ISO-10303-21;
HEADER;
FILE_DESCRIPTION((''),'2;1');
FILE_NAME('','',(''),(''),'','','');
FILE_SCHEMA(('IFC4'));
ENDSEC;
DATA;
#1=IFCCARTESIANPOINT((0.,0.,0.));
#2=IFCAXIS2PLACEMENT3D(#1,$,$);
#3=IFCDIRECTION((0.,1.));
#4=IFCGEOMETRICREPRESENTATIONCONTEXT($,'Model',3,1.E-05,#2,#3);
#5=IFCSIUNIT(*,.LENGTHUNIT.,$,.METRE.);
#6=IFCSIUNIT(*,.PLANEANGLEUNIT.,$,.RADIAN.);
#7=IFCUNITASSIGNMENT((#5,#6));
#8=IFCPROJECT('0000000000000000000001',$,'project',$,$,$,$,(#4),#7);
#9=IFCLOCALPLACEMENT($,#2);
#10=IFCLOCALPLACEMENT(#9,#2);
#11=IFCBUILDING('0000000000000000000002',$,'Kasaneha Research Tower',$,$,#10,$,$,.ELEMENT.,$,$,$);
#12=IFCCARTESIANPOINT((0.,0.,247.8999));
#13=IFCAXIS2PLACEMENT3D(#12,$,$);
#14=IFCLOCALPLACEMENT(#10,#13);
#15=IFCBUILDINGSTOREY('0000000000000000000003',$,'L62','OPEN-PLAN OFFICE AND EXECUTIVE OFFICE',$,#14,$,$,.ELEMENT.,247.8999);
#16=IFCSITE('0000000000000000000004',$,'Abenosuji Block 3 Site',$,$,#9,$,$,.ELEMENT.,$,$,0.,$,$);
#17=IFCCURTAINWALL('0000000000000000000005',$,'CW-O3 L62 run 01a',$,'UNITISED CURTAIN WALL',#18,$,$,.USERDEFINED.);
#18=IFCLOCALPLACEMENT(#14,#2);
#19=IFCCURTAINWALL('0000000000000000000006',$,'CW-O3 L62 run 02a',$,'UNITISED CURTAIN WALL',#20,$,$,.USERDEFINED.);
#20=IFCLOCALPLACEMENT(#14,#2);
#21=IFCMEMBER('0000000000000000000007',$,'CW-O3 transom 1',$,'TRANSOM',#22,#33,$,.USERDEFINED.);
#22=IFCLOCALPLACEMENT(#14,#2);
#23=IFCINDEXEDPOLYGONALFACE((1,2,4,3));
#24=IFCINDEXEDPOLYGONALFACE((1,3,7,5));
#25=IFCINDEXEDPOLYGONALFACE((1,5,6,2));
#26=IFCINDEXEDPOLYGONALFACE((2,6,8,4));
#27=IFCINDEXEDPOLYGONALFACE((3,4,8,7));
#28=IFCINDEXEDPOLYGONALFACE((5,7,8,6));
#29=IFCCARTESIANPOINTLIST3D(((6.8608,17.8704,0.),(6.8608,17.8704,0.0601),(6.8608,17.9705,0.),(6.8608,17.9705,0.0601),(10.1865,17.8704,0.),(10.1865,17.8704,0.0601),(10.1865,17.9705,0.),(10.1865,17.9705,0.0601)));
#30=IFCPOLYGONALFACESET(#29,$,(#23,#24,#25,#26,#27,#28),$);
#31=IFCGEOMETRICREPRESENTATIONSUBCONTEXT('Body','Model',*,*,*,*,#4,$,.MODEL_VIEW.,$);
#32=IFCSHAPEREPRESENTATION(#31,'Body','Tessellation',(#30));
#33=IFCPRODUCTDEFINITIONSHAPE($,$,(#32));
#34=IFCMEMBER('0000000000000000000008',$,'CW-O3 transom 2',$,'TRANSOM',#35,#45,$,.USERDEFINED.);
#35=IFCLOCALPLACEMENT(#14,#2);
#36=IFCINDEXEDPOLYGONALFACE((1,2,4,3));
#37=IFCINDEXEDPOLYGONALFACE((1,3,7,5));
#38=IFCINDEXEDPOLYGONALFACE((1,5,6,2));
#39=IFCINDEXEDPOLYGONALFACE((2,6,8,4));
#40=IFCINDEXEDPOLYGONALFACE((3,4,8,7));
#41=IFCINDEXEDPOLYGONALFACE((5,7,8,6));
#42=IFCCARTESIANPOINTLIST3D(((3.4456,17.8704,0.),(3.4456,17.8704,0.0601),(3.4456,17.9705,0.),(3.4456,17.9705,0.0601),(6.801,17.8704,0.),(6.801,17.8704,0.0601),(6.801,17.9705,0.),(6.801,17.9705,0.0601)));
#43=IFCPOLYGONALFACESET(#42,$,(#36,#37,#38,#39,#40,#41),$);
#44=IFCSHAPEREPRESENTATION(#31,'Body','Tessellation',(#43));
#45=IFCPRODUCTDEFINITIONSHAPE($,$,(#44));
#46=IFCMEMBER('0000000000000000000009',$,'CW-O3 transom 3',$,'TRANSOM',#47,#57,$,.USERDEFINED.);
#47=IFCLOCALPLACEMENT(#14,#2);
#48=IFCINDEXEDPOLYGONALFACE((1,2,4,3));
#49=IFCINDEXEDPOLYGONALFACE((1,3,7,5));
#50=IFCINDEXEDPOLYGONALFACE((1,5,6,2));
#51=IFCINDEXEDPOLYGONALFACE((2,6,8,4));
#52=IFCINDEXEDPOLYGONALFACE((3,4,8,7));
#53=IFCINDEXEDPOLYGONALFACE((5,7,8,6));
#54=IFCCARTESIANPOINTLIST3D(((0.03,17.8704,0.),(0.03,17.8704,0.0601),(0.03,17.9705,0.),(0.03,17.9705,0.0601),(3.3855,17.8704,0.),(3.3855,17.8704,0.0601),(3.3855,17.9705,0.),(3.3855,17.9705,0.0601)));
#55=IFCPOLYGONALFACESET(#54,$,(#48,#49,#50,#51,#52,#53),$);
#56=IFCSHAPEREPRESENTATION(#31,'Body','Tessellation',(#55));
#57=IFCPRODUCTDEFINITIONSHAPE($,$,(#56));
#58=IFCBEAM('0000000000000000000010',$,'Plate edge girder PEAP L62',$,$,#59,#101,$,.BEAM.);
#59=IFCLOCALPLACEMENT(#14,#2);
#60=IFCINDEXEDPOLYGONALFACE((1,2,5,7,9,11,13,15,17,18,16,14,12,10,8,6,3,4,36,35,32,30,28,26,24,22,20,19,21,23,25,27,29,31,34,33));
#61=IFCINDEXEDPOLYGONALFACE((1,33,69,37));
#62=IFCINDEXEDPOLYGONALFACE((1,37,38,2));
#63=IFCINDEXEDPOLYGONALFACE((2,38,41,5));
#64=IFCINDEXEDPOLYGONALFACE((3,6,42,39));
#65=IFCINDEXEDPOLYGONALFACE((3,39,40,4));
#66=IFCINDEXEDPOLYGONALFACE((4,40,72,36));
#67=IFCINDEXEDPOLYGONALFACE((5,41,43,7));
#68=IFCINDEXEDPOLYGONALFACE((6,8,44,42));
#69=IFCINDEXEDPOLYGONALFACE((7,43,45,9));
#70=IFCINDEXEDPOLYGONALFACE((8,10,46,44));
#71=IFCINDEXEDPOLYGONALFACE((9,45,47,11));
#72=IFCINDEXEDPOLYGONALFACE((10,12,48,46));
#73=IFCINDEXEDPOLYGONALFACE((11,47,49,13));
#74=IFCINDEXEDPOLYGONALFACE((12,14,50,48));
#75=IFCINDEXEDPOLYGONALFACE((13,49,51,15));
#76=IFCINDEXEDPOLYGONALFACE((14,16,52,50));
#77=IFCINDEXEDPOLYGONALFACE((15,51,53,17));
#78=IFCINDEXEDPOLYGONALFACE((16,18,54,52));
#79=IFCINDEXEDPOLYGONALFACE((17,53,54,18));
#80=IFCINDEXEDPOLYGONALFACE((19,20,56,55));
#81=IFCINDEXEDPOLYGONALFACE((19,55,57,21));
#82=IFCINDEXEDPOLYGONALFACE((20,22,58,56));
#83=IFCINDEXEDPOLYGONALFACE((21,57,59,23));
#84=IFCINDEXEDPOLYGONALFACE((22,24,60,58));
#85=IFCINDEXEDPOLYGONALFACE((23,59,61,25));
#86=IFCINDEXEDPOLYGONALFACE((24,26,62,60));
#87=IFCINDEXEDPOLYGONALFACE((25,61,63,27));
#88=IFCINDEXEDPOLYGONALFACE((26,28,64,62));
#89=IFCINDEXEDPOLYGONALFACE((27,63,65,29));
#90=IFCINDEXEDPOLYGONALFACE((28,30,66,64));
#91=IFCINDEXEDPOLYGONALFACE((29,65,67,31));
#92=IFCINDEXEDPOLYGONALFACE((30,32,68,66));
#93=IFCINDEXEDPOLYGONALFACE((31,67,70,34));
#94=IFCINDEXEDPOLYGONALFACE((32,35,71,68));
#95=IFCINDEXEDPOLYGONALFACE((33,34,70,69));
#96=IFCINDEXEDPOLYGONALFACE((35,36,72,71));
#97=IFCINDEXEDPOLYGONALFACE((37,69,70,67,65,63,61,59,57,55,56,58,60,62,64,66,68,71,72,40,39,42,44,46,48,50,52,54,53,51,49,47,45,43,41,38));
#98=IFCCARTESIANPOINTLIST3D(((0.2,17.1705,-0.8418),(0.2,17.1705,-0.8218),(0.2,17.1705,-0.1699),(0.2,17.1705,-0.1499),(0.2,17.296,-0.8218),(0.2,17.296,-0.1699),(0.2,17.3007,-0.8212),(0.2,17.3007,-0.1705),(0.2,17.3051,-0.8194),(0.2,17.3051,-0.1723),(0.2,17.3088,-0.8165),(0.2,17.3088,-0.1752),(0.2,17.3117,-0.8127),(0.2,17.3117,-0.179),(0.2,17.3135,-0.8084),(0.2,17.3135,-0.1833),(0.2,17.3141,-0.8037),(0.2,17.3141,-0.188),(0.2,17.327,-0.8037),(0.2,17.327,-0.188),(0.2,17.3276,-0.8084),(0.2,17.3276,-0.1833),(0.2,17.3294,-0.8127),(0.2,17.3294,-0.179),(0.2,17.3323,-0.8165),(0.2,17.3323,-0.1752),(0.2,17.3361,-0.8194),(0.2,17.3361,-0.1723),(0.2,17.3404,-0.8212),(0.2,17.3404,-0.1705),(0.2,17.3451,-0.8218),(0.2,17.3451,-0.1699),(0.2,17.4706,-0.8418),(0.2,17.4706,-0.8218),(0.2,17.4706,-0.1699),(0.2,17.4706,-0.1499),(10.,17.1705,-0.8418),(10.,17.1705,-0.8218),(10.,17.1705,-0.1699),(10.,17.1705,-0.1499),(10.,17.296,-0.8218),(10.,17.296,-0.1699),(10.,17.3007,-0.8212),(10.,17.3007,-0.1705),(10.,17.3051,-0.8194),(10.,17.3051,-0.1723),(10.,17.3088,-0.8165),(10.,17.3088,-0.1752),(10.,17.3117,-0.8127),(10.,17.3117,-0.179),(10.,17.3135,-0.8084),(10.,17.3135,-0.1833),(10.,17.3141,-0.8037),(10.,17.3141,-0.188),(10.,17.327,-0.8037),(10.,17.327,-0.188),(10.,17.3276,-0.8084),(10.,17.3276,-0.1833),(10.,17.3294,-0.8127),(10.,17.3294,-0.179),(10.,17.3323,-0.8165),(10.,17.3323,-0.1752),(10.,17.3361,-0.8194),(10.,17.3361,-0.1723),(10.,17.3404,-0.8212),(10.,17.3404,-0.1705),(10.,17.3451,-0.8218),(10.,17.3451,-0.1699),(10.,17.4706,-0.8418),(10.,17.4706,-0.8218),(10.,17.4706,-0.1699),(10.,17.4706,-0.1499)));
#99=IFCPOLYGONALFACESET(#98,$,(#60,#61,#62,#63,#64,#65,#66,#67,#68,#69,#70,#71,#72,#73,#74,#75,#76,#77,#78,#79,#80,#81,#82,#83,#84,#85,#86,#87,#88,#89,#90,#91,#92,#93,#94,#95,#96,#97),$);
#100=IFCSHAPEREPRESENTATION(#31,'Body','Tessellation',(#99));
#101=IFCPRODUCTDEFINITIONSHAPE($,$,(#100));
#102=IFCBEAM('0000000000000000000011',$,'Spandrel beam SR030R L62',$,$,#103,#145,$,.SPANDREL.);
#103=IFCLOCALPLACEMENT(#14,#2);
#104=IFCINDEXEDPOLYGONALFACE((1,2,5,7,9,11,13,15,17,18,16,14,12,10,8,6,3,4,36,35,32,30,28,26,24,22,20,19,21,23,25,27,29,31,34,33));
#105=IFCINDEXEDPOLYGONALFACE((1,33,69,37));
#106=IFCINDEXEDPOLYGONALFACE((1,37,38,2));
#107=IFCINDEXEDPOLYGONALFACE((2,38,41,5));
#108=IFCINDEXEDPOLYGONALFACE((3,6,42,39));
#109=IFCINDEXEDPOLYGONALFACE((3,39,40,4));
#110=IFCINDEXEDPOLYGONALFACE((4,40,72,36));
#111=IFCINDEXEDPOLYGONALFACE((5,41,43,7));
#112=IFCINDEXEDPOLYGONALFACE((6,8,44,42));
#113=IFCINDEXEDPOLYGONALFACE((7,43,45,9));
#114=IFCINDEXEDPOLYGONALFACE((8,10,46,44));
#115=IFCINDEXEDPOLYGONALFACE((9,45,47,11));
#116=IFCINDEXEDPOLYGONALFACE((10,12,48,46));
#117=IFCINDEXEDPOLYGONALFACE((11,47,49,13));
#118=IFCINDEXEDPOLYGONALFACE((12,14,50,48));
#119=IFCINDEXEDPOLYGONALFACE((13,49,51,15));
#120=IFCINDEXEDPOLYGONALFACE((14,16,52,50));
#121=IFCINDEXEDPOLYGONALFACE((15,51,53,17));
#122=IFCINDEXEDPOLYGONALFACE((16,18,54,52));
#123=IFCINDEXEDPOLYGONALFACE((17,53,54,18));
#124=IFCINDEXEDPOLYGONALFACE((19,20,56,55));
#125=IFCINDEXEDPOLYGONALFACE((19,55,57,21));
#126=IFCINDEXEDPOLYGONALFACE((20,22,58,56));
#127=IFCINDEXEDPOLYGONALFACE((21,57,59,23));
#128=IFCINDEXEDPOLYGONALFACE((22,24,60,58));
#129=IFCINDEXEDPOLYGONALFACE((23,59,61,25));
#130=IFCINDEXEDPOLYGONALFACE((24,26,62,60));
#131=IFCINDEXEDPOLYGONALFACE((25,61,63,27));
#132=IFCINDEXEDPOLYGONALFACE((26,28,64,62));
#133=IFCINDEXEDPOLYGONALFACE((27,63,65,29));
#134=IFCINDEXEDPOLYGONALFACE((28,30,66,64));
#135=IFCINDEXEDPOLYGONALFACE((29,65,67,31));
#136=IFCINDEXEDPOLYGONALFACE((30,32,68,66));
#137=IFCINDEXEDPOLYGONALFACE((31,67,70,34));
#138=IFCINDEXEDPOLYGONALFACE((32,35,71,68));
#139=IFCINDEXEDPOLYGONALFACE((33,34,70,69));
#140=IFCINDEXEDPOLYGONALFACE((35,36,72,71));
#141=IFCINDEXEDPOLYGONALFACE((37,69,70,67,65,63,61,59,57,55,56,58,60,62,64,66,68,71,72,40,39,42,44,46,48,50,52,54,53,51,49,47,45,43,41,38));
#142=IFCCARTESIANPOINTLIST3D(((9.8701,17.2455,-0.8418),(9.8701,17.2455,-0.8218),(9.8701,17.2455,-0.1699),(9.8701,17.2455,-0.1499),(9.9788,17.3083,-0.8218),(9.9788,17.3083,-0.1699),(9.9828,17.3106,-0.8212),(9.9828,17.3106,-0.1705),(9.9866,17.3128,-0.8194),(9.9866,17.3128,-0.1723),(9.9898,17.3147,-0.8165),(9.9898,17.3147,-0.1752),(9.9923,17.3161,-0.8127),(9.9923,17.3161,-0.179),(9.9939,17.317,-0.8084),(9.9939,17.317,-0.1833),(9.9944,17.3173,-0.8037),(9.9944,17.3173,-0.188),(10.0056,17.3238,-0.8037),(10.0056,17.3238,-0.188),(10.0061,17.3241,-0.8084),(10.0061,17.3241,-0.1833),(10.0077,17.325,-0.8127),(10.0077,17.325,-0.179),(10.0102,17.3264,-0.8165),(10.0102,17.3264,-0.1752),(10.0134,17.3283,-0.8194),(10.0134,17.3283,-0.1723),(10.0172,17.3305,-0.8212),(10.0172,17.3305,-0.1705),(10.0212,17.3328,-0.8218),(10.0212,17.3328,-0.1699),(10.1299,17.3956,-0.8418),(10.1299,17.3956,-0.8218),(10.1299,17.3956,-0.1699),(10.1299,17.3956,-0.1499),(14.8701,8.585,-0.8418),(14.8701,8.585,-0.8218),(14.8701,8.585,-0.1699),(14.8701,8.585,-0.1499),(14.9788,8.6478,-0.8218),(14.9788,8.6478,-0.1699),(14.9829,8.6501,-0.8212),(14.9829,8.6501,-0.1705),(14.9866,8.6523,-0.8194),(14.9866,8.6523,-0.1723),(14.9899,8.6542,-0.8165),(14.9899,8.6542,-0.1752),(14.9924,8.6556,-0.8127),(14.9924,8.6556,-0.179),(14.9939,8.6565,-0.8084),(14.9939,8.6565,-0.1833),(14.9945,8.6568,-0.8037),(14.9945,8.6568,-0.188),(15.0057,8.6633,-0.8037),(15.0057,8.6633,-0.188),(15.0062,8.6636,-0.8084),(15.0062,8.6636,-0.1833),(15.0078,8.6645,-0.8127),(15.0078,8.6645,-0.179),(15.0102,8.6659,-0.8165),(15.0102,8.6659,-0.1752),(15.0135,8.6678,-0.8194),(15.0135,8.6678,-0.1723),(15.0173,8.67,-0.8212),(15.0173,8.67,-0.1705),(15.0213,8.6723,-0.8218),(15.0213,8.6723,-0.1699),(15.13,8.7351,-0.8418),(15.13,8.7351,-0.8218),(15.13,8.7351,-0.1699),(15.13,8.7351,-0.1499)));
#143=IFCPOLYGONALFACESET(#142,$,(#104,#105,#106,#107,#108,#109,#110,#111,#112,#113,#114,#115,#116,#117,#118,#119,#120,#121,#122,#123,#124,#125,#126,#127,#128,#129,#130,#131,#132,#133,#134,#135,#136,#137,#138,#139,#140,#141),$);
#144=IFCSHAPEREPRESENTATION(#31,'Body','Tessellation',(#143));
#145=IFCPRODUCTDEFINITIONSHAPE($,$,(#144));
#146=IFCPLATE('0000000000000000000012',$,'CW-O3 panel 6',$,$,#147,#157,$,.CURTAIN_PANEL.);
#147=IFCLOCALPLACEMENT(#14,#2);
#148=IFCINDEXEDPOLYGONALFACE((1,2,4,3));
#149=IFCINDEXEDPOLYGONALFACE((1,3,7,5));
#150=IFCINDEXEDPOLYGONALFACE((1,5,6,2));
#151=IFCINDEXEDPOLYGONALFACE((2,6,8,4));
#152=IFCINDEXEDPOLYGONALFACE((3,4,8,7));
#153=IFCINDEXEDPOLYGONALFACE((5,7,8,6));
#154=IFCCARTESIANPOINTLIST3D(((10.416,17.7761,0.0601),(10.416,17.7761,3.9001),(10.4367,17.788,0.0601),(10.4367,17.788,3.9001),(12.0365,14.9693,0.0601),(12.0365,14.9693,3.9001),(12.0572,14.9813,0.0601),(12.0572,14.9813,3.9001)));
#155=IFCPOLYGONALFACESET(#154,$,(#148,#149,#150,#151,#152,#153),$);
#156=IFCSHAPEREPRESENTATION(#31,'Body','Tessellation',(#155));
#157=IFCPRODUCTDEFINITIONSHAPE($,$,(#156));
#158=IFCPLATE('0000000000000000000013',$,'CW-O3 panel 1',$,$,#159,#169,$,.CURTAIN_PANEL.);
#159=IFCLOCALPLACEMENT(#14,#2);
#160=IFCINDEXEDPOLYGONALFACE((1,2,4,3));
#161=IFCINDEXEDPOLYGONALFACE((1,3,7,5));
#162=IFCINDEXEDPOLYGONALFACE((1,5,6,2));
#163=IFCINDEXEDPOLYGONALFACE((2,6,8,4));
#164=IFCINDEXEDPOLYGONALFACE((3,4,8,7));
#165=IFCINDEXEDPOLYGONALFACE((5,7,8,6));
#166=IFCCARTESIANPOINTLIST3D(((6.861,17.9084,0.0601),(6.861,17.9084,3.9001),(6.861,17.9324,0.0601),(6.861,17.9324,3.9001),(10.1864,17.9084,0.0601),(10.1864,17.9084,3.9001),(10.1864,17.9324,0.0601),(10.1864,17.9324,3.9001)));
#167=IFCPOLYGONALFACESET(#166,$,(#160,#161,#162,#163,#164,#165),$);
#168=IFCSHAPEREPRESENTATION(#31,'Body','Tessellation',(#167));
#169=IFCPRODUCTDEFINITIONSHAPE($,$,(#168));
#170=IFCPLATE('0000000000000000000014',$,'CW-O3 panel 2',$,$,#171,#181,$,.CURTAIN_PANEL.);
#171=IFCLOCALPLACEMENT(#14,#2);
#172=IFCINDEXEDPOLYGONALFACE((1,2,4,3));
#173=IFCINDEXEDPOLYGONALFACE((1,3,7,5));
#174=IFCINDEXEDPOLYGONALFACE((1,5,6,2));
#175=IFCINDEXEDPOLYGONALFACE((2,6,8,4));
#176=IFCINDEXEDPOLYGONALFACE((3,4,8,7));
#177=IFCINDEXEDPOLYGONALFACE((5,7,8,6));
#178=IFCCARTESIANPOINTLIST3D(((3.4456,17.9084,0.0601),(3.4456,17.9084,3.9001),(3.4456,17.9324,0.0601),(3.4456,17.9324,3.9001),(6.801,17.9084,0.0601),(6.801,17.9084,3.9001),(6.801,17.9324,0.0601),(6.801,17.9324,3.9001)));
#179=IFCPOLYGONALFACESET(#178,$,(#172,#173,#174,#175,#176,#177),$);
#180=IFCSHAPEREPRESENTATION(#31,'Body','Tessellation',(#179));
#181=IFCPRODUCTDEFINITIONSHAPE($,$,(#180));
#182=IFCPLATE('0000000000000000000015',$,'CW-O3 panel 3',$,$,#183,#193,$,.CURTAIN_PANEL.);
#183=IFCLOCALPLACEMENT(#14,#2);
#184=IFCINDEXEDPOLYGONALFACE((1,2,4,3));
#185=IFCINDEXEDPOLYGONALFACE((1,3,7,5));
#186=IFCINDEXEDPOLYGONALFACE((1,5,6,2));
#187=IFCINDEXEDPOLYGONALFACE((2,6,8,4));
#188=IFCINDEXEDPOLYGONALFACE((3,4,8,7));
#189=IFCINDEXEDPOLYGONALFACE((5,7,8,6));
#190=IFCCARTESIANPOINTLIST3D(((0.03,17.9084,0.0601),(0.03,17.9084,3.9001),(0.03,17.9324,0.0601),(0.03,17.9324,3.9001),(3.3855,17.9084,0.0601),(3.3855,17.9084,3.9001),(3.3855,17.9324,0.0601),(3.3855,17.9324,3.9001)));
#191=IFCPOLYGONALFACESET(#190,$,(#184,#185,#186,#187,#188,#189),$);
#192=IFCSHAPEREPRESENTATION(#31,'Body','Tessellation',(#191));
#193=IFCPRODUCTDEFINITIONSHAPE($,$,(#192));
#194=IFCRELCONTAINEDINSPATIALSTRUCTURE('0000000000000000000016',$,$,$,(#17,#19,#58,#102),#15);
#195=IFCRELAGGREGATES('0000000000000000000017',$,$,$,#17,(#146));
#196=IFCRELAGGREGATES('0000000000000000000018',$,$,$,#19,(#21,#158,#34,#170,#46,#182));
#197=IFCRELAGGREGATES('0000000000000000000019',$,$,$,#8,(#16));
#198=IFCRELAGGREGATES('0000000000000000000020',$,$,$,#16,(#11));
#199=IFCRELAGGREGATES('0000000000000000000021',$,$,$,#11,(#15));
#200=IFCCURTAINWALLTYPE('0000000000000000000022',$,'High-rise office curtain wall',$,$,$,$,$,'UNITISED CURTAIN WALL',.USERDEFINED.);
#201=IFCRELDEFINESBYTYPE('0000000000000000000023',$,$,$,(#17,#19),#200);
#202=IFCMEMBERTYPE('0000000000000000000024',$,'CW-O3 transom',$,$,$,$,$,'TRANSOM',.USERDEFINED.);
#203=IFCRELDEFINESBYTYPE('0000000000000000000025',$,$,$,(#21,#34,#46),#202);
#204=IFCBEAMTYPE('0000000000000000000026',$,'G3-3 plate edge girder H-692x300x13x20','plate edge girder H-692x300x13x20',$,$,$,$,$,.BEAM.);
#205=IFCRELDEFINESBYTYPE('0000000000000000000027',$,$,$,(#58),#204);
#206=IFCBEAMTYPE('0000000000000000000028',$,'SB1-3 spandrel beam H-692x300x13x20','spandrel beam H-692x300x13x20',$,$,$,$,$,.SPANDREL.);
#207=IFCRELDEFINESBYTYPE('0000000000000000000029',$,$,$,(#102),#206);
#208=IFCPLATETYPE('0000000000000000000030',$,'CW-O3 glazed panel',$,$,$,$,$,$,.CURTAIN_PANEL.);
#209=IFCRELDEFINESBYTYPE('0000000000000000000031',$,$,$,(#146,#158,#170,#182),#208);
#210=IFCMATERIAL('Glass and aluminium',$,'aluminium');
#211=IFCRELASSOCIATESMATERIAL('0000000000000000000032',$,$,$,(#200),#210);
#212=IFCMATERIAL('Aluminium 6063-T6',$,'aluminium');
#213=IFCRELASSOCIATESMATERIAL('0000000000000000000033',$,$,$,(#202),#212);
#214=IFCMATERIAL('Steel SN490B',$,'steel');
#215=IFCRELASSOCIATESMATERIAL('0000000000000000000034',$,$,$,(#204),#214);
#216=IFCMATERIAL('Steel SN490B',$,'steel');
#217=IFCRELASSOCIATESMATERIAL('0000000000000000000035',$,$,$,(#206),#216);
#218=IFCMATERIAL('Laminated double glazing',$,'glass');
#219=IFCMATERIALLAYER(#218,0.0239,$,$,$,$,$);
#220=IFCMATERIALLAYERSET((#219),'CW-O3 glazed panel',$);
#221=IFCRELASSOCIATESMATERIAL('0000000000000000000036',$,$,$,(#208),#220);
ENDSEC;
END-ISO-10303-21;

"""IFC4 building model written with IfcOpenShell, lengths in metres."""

from ifc_helpers import new_model, si_unit, direction, frame, origin, origin_2d, place, context, subcontext, project, spatial, rectangle, i_section, extrude, material, layer, layer_set, material_profile, profile_set, type_object, element, aggregate, save


model = new_model("IFC4")

# Units and contexts
model_context = context("Model", 3, precision=1e-05, world=origin(), true_north=direction((0.0, 1.0)))
body_context = subcontext(model_context, "Body", "Model", "MODEL_VIEW")
ifc_project = project(units=[si_unit("LENGTHUNIT", "METRE"), si_unit("PLANEANGLEUNIT", "RADIAN")], contexts=[model_context])

# Site, building, storey
site_placement = place(None, origin())
site = spatial("IfcSite", under=ifc_project, at=site_placement, Name="Abenosuji Block 3 Site", CompositionType="ELEMENT", RefElevation=0.0)
building_placement = place(site_placement, origin())
building = spatial("IfcBuilding", under=site, at=building_placement, Name="Kasaneha Research Tower", CompositionType="ELEMENT")
storey_placement = place(building_placement, frame((0.0, 0.0, 247.8999)))
storey = spatial("IfcBuildingStorey", under=building, at=storey_placement, Name="L62", Description="OPEN-PLAN OFFICE AND EXECUTIVE OFFICE", CompositionType="ELEMENT", Elevation=247.8999)

# Curtain wall
ifc_material_1 = material(Name="Glass and aluminium", Category="aluminium")
curtain_wall_type = type_object("IfcCurtainWallType", Name="High-rise office curtain wall", ElementType="UNITISED CURTAIN WALL", PredefinedType="USERDEFINED", material=ifc_material_1)
curtain_wall_1_placement = place(storey_placement, origin())
curtain_wall_1 = element("IfcCurtainWall", 1, at=curtain_wall_1_placement, inside=storey, type_object=curtain_wall_type, Name="CW-O3 L62 run 01a", ObjectType="UNITISED CURTAIN WALL", PredefinedType="USERDEFINED")

# Curtain wall
curtain_wall_2_placement = place(storey_placement, origin())
curtain_wall_2 = element("IfcCurtainWall", 2, at=curtain_wall_2_placement, inside=storey, type_object=curtain_wall_type, Name="CW-O3 L62 run 02a", ObjectType="UNITISED CURTAIN WALL", PredefinedType="USERDEFINED")

# Members
ifc_material_2 = material(Name="Aluminium 6063-T6", Category="aluminium")
ifc_material_profile_1 = material_profile(ifc_material_2, rectangle(XDim=0.1001, YDim=0.0601, at=origin_2d()), Name="CW-O3 transom 100x60")
ifc_profile_set_1 = profile_set([ifc_material_profile_1], Name="Aluminium 6063-T6")
member_type_1 = type_object("IfcMemberType", Name="CW-O3 transom", ElementType="TRANSOM", PredefinedType="USERDEFINED", material=ifc_profile_set_1)
member_1_placement = place(storey_placement, frame((10.1865, 17.9204, 0.03), z_axis=(-1.0, 0.0, 0.0), x_axis=(0.0, -1.0, 0.0)))
member_1 = element("IfcMember", 3, at=member_1_placement, type_object=member_type_1, Name="CW-O3 transom 1", ObjectType="TRANSOM", PredefinedType="USERDEFINED", context=body_context, shape_type="SweptSolid", body=[
    extrude(rectangle(XDim=0.1001, YDim=0.0601, at=origin_2d()), origin(), (0.0, 0.0, 1.0), 3.3257),
])
member_2_placement = place(storey_placement, frame((6.801, 17.9204, 0.03), z_axis=(-1.0, 0.0, 0.0), x_axis=(0.0, -1.0, 0.0)))
member_2 = element("IfcMember", 4, at=member_2_placement, type_object=member_type_1, Name="CW-O3 transom 2", ObjectType="TRANSOM", PredefinedType="USERDEFINED", context=body_context, shape_type="SweptSolid", body=[
    extrude(rectangle(XDim=0.1001, YDim=0.0601, at=origin_2d()), origin(), (0.0, 0.0, 1.0), 3.3555),
])
member_3_placement = place(storey_placement, frame((3.3855, 17.9204, 0.03), z_axis=(-1.0, 0.0, 0.0), x_axis=(0.0, -1.0, 0.0)))
member_3 = element("IfcMember", 5, at=member_3_placement, type_object=member_type_1, Name="CW-O3 transom 3", ObjectType="TRANSOM", PredefinedType="USERDEFINED", context=body_context, shape_type="SweptSolid", body=[
    extrude(rectangle(XDim=0.1001, YDim=0.0601, at=origin_2d()), origin(), (0.0, 0.0, 1.0), 3.3555),
])

# Beams
ifc_material_3 = material(Name="Steel SN490B", Category="steel")
ifc_material_profile_2 = material_profile(ifc_material_3, i_section(OverallWidth=0.3, OverallDepth=0.6919, WebThickness=0.0129, FlangeThickness=0.02, FilletRadius=0.0181, at=origin_2d()), Name="H-692x300x13x20")
ifc_profile_set_2 = profile_set([ifc_material_profile_2], Name="Steel SN490B")
beam_type_1 = type_object("IfcBeamType", Name="G3-3 plate edge girder H-692x300x13x20", Description="plate edge girder H-692x300x13x20", PredefinedType="BEAM", material=ifc_profile_set_2)
beam_1_placement = place(storey_placement, frame((10.0, 17.3206, -0.4958), z_axis=(-1.0, 0.0, 0.0), x_axis=(0.0, -1.0, 0.0)))
element("IfcBeam", 6, at=beam_1_placement, inside=storey, type_object=beam_type_1, Name="Plate edge girder PEAP L62", PredefinedType="BEAM", context=body_context, shape_type="SweptSolid", body=[
    extrude(i_section(OverallWidth=0.3, OverallDepth=0.6919, WebThickness=0.0129, FlangeThickness=0.02, FilletRadius=0.0181, at=origin_2d()), origin(), (0.0, 0.0, 1.0), 9.8),
])
ifc_material_4 = material(Name="Steel SN490B", Category="steel")
ifc_material_profile_3 = material_profile(ifc_material_4, i_section(OverallWidth=0.3, OverallDepth=0.6919, WebThickness=0.0129, FlangeThickness=0.02, FilletRadius=0.0181, at=origin_2d()), Name="H-692x300x13x20")
ifc_profile_set_3 = profile_set([ifc_material_profile_3], Name="Steel SN490B")
beam_type_2 = type_object("IfcBeamType", Name="SB1-3 spandrel beam H-692x300x13x20", Description="spandrel beam H-692x300x13x20", PredefinedType="SPANDREL", material=ifc_profile_set_3)
beam_2_placement = place(storey_placement, frame((10.0, 17.3206, -0.4958), z_axis=(0.499994, -0.866029, 0.0), x_axis=(0.866029, 0.499994, 0.0)))
element("IfcBeam", 7, at=beam_2_placement, inside=storey, type_object=beam_type_2, Name="Spandrel beam SR030R L62", PredefinedType="SPANDREL", context=body_context, shape_type="SweptSolid", body=[
    extrude(i_section(OverallWidth=0.3, OverallDepth=0.6919, WebThickness=0.0129, FlangeThickness=0.02, FilletRadius=0.0181, at=origin_2d()), origin(), (0.0, 0.0, 1.0), 10.0002),
])

# Plates
ifc_material_5 = material(Name="Laminated double glazing", Category="glass")
ifc_layer_1 = layer(ifc_material_5, 0.0239)
ifc_layer_set_1 = layer_set([ifc_layer_1], Name="CW-O3 glazed panel")
plate_type = type_object("IfcPlateType", Name="CW-O3 glazed panel", PredefinedType="CURTAIN_PANEL", material=ifc_layer_set_1)
plate_1_placement = place(storey_placement, frame((11.2366, 16.3787, 0.0601), z_axis=(0.0, 0.0, 1.0), x_axis=(-0.5, 0.866025, 0.0)))
plate_1 = element("IfcPlate", 8, at=plate_1_placement, type_object=plate_type, Name="CW-O3 panel 6", PredefinedType="CURTAIN_PANEL", context=body_context, shape_type="SweptSolid", body=[
    extrude(rectangle(XDim=3.241, YDim=0.0239, at=origin_2d()), origin(), (0.0, 0.0, 1.0), 3.8401),
])
aggregate(curtain_wall_1, [plate_1])
plate_2_placement = place(storey_placement, frame((8.5237, 17.9204, 0.0601), z_axis=(0.0, 0.0, 1.0), x_axis=(-1.0, 0.0, 0.0)))
plate_2 = element("IfcPlate", 9, at=plate_2_placement, type_object=plate_type, Name="CW-O3 panel 1", PredefinedType="CURTAIN_PANEL", context=body_context, shape_type="SweptSolid", body=[
    extrude(rectangle(XDim=3.3254, YDim=0.0239, at=origin_2d()), origin(), (0.0, 0.0, 1.0), 3.8401),
])
plate_3_placement = place(storey_placement, frame((5.1233, 17.9204, 0.0601), z_axis=(0.0, 0.0, 1.0), x_axis=(-1.0, 0.0, 0.0)))
plate_3 = element("IfcPlate", 10, at=plate_3_placement, type_object=plate_type, Name="CW-O3 panel 2", PredefinedType="CURTAIN_PANEL", context=body_context, shape_type="SweptSolid", body=[
    extrude(rectangle(XDim=3.3555, YDim=0.0239, at=origin_2d()), origin(), (0.0, 0.0, 1.0), 3.8401),
])
plate_4_placement = place(storey_placement, frame((1.7078, 17.9204, 0.0601), z_axis=(0.0, 0.0, 1.0), x_axis=(-1.0, 0.0, 0.0)))
plate_4 = element("IfcPlate", 11, at=plate_4_placement, type_object=plate_type, Name="CW-O3 panel 3", PredefinedType="CURTAIN_PANEL", context=body_context, shape_type="SweptSolid", body=[
    extrude(rectangle(XDim=3.3555, YDim=0.0239, at=origin_2d()), origin(), (0.0, 0.0, 1.0), 3.8401),
])
aggregate(curtain_wall_2, [member_1, plate_2, member_2, plate_3, member_3, plate_4])

save(model, "model.ifc")
